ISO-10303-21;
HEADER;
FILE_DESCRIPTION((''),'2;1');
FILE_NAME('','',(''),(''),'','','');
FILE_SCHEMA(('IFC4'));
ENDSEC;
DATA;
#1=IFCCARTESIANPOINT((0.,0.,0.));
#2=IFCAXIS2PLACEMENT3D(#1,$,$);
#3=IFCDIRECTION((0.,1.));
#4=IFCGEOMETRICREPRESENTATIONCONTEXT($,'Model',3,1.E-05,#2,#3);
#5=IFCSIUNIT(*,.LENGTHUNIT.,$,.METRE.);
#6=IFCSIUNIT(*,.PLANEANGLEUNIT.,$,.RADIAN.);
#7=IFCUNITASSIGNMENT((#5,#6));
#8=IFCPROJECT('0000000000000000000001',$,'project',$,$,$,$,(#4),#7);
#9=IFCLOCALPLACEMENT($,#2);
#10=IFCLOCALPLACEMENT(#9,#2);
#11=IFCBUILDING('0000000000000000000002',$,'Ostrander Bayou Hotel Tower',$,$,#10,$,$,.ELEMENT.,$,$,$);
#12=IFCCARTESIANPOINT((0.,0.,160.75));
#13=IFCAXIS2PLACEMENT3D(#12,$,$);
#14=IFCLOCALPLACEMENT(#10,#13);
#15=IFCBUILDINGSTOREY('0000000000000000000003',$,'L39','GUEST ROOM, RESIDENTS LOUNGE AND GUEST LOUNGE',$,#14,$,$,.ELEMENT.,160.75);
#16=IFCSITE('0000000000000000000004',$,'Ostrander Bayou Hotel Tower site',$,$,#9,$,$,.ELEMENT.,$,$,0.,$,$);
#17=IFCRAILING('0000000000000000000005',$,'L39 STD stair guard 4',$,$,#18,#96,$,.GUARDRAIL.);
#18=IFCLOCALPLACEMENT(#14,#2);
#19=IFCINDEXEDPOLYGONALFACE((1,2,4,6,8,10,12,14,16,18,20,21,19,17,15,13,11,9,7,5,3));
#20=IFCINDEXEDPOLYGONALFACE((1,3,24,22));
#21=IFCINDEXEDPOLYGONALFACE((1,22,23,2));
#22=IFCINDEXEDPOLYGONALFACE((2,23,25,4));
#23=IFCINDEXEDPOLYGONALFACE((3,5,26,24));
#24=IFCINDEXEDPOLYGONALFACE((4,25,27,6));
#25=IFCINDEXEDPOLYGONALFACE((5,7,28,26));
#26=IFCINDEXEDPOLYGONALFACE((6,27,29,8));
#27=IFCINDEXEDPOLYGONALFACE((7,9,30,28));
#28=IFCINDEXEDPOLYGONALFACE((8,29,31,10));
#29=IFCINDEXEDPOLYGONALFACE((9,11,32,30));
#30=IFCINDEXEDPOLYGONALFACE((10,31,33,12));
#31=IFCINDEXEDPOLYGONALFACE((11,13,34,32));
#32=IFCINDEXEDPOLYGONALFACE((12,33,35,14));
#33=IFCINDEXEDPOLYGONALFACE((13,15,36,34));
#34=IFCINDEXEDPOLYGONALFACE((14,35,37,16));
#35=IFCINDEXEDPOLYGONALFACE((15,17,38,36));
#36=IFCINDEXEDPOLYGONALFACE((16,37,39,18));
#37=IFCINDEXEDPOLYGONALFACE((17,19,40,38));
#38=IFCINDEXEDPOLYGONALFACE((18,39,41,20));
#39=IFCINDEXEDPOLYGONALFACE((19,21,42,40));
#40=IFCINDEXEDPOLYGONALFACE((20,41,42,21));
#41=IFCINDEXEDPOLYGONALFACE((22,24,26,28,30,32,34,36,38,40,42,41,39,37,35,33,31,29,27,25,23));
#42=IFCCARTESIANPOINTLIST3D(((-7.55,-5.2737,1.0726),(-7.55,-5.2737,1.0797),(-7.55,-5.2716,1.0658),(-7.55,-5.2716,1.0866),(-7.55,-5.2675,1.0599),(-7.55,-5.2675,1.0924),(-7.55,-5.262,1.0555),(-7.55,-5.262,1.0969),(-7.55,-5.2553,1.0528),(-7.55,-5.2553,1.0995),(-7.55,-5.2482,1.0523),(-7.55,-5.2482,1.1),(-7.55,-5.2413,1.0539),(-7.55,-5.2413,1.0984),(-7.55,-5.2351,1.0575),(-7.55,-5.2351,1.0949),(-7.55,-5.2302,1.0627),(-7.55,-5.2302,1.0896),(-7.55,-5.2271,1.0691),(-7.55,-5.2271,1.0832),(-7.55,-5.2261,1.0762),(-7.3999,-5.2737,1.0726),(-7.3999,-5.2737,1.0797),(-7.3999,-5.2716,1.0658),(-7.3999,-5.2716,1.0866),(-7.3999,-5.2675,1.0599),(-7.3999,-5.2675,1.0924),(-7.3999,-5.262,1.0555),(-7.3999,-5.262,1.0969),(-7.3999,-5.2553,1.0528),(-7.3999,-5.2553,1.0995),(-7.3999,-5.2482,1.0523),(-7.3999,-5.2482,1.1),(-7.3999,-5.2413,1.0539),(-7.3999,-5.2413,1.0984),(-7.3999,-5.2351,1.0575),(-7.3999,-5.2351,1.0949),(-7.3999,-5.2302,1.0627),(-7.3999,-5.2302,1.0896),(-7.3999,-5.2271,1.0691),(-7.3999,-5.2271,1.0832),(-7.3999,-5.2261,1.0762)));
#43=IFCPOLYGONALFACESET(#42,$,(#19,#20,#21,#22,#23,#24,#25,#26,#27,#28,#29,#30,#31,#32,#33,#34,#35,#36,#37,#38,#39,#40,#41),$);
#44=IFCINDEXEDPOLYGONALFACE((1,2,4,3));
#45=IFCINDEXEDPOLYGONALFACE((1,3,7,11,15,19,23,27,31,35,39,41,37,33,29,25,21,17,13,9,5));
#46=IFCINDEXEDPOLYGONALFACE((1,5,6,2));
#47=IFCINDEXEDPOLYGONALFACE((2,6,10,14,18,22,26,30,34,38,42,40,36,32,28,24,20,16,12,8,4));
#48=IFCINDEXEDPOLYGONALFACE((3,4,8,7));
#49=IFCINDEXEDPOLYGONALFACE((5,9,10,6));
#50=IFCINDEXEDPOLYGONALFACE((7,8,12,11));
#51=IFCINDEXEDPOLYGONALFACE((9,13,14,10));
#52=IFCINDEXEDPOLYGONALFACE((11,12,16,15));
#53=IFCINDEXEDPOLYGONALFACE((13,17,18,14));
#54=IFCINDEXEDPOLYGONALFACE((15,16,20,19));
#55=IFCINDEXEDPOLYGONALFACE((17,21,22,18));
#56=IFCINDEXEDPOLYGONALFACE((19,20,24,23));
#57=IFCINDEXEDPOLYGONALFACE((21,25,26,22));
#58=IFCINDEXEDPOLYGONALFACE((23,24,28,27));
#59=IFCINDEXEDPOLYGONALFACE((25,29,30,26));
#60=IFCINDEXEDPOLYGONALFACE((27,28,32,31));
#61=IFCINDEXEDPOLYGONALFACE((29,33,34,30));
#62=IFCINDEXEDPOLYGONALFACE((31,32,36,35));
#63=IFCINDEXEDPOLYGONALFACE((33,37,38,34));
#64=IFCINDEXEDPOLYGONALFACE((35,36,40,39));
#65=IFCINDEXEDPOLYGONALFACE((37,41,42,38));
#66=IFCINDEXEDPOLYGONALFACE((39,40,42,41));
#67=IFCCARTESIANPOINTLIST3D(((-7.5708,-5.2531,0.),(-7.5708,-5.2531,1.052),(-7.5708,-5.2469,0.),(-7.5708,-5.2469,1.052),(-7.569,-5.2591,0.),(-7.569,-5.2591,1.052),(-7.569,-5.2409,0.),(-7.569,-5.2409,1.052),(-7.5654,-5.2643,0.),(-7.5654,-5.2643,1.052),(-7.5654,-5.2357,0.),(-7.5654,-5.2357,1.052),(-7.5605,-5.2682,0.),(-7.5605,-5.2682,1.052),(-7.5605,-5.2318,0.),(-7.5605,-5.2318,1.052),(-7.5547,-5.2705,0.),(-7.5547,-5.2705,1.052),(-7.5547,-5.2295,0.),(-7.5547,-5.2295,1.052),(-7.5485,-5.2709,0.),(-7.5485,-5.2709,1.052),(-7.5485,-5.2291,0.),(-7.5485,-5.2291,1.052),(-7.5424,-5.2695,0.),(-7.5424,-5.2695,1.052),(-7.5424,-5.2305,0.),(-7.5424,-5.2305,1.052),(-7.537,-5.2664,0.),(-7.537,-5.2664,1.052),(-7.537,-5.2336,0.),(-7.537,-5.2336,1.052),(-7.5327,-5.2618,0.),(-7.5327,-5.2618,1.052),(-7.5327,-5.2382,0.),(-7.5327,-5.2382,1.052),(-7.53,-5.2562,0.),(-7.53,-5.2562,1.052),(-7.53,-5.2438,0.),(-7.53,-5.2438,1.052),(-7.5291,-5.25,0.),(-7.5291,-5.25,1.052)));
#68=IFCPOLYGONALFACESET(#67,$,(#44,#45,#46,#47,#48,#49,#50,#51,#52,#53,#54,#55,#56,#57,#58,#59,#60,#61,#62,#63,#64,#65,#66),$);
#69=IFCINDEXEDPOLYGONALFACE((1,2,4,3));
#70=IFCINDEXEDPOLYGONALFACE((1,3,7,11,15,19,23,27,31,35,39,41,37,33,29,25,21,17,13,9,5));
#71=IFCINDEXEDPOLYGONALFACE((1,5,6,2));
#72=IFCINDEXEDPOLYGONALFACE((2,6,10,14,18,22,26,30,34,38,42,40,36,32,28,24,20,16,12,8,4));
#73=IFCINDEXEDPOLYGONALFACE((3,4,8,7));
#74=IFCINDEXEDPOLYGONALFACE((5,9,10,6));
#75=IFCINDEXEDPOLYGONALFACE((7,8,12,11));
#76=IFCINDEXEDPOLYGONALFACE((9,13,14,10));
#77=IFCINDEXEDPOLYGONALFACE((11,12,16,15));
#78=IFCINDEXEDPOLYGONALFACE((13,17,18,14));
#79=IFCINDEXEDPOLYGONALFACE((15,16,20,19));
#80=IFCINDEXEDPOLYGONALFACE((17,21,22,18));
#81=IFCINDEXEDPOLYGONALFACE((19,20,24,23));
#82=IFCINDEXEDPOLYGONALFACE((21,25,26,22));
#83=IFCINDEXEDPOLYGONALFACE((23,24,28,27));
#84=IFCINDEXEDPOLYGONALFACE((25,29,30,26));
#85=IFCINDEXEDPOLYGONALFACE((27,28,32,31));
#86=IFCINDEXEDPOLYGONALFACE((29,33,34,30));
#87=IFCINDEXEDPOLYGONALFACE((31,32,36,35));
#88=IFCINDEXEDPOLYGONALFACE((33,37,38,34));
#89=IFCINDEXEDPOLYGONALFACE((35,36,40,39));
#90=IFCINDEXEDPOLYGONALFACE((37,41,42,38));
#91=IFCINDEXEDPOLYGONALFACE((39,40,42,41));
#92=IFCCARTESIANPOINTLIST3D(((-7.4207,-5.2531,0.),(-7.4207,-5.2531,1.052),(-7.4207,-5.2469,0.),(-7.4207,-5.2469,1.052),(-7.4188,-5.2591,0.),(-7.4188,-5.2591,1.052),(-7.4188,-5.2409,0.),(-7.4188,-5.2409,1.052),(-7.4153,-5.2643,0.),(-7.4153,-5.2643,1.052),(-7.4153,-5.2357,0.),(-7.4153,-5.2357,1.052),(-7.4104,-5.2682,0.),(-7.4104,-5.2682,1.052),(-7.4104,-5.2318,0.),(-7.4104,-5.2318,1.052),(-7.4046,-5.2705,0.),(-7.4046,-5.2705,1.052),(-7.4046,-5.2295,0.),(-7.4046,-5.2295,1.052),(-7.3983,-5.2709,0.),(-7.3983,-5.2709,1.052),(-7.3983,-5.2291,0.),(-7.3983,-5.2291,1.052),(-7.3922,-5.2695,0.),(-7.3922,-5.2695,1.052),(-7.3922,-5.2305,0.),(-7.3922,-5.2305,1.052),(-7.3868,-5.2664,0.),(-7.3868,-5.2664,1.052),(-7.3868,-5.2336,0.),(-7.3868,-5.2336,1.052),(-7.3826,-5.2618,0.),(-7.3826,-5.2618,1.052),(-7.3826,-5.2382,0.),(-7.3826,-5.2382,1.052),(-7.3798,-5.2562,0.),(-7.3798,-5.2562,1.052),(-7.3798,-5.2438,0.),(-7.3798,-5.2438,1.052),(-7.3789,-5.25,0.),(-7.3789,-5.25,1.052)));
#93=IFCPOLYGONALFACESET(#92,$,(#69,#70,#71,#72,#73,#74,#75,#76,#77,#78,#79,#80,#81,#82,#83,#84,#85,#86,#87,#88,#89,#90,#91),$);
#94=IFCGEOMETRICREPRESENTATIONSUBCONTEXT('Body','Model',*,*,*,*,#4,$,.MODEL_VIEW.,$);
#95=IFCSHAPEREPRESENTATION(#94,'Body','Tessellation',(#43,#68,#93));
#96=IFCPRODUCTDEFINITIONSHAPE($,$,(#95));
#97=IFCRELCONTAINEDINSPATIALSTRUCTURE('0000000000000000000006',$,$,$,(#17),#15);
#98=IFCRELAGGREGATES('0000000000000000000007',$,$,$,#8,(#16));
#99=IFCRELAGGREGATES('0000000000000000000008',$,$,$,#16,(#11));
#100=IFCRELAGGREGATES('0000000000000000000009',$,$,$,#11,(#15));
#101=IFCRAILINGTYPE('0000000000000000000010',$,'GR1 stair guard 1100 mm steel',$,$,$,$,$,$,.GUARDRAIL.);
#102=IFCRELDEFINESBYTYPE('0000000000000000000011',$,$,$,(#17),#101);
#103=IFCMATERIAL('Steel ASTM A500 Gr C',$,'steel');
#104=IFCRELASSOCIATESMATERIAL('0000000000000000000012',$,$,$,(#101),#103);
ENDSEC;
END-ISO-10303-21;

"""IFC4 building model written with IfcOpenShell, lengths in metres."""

from ifc_helpers import new_model, si_unit, direction, frame, origin, origin_2d, place, context, subcontext, project, spatial, circle, extrude, material, type_object, element, save


model = new_model("IFC4")

# Units and contexts
model_context = context("Model", 3, precision=1e-05, world=origin(), true_north=direction((0.0, 1.0)))
body_context = subcontext(model_context, "Body", "Model", "MODEL_VIEW")
ifc_project = project(units=[si_unit("LENGTHUNIT", "METRE"), si_unit("PLANEANGLEUNIT", "RADIAN")], contexts=[model_context])

# Site, building, storey
site_placement = place(None, origin())
site = spatial("IfcSite", under=ifc_project, at=site_placement, Name="Ostrander Bayou Hotel Tower site", CompositionType="ELEMENT", RefElevation=0.0)
building_placement = place(site_placement, origin())
building = spatial("IfcBuilding", under=site, at=building_placement, Name="Ostrander Bayou Hotel Tower", CompositionType="ELEMENT")
storey_placement = place(building_placement, frame((0.0, 0.0, 160.75)))
storey = spatial("IfcBuildingStorey", under=building, at=storey_placement, Name="L39", Description="GUEST ROOM, RESIDENTS LOUNGE AND GUEST LOUNGE", CompositionType="ELEMENT", Elevation=160.75)

# Railing
ifc_material_1 = material(Name="Steel ASTM A500 Gr C", Category="steel")
railing_type = type_object("IfcRailingType", Name="GR1 stair guard 1100 mm steel", PredefinedType="GUARDRAIL", material=ifc_material_1)
railing_1_placement = place(storey_placement, frame((-7.55, -5.25, 0.0)))
element("IfcRailing", 1, at=railing_1_placement, inside=storey, type_object=railing_type, Name="L39 STD stair guard 4", PredefinedType="GUARDRAIL", context=body_context, shape_type="SweptSolid", body=[
    extrude(circle(Radius=0.0239, at=origin_2d()), frame((0.0, 0.0, 1.0762), z_axis=(1.0, 0.0, 0.0), x_axis=(0.0, 1.0, 0.0)), (0.0, 0.0, 1.0), 0.1501),
    extrude(circle(Radius=0.021, at=origin_2d()), origin(), (0.0, 0.0, 1.0), 1.052),
    extrude(circle(Radius=0.021, at=origin_2d()), frame((0.1501, 0.0, 0.0)), (0.0, 0.0, 1.0), 1.052),
])

save(model, "model.ifc")
